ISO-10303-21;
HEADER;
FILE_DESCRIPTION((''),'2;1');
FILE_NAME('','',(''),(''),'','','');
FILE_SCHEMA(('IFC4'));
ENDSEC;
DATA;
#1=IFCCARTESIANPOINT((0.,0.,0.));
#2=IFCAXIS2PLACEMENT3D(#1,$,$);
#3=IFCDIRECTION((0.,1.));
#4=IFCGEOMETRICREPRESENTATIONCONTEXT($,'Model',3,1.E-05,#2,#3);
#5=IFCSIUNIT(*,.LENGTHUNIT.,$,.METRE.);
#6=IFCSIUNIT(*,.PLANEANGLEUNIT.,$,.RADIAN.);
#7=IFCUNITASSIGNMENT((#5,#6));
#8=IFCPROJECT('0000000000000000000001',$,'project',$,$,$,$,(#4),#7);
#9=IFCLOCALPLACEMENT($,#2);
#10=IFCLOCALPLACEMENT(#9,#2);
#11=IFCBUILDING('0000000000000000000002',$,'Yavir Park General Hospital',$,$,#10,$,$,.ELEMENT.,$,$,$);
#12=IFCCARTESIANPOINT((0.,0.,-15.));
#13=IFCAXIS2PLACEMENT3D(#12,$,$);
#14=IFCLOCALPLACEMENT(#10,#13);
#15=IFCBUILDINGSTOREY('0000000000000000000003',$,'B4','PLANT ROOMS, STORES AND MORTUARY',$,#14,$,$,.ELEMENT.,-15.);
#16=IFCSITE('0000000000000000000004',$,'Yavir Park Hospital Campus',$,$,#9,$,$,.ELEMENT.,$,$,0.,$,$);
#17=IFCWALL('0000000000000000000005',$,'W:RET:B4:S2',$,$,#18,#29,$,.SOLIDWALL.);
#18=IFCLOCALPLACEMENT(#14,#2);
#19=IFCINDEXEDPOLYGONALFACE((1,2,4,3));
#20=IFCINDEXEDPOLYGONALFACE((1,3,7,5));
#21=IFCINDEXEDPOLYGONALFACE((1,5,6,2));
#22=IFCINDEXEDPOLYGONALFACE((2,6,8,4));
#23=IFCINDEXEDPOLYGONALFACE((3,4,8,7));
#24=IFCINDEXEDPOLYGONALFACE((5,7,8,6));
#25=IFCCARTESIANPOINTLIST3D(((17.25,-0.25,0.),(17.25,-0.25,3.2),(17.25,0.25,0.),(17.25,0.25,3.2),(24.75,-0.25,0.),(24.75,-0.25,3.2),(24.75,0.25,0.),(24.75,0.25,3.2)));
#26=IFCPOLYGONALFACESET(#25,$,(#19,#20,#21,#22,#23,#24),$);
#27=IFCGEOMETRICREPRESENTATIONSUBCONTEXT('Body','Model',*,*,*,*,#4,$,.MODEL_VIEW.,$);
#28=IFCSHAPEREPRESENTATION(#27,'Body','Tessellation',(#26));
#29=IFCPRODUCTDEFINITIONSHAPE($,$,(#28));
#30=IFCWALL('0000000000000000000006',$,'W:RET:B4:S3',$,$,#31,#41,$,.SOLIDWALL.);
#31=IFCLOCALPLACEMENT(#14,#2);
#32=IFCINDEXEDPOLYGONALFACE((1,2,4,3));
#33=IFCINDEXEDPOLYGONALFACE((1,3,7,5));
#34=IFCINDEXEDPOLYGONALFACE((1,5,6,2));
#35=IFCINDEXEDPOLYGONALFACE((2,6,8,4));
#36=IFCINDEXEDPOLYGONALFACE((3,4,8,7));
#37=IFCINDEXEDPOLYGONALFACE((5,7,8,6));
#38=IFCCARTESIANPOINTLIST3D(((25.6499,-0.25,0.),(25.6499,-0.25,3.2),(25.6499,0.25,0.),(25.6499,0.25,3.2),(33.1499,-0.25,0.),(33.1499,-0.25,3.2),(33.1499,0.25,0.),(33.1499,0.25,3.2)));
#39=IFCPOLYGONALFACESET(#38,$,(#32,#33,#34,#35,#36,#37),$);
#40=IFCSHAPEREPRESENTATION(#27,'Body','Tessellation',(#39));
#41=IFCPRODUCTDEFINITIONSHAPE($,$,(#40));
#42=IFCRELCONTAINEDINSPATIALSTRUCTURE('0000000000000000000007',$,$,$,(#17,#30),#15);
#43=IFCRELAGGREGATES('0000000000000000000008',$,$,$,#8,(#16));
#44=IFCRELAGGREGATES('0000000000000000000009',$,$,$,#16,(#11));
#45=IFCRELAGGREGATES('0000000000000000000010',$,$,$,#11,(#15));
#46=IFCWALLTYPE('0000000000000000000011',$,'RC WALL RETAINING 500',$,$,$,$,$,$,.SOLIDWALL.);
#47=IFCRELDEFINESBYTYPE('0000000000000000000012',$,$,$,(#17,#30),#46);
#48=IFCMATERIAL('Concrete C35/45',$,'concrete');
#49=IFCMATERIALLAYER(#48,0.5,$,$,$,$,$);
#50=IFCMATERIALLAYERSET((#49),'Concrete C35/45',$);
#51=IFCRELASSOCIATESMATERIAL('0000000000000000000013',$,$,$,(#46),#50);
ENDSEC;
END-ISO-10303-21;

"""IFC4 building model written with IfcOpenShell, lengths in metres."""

from ifc_helpers import new_model, si_unit, direction, frame, frame_2d, origin, place, context, subcontext, project, spatial, rectangle, extrude, material, layer, layer_set, type_object, element, save


model = new_model("IFC4")

# Units and contexts
model_context = context("Model", 3, precision=1e-05, world=origin(), true_north=direction((0.0, 1.0)))
body_context = subcontext(model_context, "Body", "Model", "MODEL_VIEW")
ifc_project = project(units=[si_unit("LENGTHUNIT", "METRE"), si_unit("PLANEANGLEUNIT", "RADIAN")], contexts=[model_context])

# Site, building, storey
site_placement = place(None, origin())
site = spatial("IfcSite", under=ifc_project, at=site_placement, Name="Yavir Park Hospital Campus", CompositionType="ELEMENT", RefElevation=0.0)
building_placement = place(site_placement, origin())
building = spatial("IfcBuilding", under=site, at=building_placement, Name="Yavir Park General Hospital", CompositionType="ELEMENT")
storey_placement = place(building_placement, frame((0.0, 0.0, -15.0)))
storey = spatial("IfcBuildingStorey", under=building, at=storey_placement, Name="B4", Description="PLANT ROOMS, STORES AND MORTUARY", CompositionType="ELEMENT", Elevation=-15.0)

# Walls
ifc_material_1 = material(Name="Concrete C35/45", Category="concrete")
ifc_layer_1 = layer(ifc_material_1, 0.5)
ifc_layer_set_1 = layer_set([ifc_layer_1], Name="Concrete C35/45")
wall_type_1 = type_object("IfcWallType", Name="RC WALL RETAINING 500", PredefinedType="SOLIDWALL", material=ifc_layer_set_1)
for number, where, z_axis, x_axis, name in (
    (1, (17.25, 0.0, 0.0), (0.0, 0.0, 1.0), (1.0, 0.0, 0.0), "W:RET:B4:S2"),
    (2, (25.6499, 0.0, 0.0), (0.0, 0.0, 1.0), (1.0, 0.0, 0.0), "W:RET:B4:S3"),
):
    element("IfcWall", number, at=place(storey_placement, frame(where, z_axis=z_axis, x_axis=x_axis)), inside=storey, type_object=wall_type_1, Name=name, PredefinedType="SOLIDWALL", context=body_context, shape_type="SweptSolid", body=[
        extrude(rectangle(XDim=7.5, YDim=0.5, at=frame_2d((3.75, 0.0))), origin(), (0.0, 0.0, 1.0), 3.2),
    ])

save(model, "model.ifc")
